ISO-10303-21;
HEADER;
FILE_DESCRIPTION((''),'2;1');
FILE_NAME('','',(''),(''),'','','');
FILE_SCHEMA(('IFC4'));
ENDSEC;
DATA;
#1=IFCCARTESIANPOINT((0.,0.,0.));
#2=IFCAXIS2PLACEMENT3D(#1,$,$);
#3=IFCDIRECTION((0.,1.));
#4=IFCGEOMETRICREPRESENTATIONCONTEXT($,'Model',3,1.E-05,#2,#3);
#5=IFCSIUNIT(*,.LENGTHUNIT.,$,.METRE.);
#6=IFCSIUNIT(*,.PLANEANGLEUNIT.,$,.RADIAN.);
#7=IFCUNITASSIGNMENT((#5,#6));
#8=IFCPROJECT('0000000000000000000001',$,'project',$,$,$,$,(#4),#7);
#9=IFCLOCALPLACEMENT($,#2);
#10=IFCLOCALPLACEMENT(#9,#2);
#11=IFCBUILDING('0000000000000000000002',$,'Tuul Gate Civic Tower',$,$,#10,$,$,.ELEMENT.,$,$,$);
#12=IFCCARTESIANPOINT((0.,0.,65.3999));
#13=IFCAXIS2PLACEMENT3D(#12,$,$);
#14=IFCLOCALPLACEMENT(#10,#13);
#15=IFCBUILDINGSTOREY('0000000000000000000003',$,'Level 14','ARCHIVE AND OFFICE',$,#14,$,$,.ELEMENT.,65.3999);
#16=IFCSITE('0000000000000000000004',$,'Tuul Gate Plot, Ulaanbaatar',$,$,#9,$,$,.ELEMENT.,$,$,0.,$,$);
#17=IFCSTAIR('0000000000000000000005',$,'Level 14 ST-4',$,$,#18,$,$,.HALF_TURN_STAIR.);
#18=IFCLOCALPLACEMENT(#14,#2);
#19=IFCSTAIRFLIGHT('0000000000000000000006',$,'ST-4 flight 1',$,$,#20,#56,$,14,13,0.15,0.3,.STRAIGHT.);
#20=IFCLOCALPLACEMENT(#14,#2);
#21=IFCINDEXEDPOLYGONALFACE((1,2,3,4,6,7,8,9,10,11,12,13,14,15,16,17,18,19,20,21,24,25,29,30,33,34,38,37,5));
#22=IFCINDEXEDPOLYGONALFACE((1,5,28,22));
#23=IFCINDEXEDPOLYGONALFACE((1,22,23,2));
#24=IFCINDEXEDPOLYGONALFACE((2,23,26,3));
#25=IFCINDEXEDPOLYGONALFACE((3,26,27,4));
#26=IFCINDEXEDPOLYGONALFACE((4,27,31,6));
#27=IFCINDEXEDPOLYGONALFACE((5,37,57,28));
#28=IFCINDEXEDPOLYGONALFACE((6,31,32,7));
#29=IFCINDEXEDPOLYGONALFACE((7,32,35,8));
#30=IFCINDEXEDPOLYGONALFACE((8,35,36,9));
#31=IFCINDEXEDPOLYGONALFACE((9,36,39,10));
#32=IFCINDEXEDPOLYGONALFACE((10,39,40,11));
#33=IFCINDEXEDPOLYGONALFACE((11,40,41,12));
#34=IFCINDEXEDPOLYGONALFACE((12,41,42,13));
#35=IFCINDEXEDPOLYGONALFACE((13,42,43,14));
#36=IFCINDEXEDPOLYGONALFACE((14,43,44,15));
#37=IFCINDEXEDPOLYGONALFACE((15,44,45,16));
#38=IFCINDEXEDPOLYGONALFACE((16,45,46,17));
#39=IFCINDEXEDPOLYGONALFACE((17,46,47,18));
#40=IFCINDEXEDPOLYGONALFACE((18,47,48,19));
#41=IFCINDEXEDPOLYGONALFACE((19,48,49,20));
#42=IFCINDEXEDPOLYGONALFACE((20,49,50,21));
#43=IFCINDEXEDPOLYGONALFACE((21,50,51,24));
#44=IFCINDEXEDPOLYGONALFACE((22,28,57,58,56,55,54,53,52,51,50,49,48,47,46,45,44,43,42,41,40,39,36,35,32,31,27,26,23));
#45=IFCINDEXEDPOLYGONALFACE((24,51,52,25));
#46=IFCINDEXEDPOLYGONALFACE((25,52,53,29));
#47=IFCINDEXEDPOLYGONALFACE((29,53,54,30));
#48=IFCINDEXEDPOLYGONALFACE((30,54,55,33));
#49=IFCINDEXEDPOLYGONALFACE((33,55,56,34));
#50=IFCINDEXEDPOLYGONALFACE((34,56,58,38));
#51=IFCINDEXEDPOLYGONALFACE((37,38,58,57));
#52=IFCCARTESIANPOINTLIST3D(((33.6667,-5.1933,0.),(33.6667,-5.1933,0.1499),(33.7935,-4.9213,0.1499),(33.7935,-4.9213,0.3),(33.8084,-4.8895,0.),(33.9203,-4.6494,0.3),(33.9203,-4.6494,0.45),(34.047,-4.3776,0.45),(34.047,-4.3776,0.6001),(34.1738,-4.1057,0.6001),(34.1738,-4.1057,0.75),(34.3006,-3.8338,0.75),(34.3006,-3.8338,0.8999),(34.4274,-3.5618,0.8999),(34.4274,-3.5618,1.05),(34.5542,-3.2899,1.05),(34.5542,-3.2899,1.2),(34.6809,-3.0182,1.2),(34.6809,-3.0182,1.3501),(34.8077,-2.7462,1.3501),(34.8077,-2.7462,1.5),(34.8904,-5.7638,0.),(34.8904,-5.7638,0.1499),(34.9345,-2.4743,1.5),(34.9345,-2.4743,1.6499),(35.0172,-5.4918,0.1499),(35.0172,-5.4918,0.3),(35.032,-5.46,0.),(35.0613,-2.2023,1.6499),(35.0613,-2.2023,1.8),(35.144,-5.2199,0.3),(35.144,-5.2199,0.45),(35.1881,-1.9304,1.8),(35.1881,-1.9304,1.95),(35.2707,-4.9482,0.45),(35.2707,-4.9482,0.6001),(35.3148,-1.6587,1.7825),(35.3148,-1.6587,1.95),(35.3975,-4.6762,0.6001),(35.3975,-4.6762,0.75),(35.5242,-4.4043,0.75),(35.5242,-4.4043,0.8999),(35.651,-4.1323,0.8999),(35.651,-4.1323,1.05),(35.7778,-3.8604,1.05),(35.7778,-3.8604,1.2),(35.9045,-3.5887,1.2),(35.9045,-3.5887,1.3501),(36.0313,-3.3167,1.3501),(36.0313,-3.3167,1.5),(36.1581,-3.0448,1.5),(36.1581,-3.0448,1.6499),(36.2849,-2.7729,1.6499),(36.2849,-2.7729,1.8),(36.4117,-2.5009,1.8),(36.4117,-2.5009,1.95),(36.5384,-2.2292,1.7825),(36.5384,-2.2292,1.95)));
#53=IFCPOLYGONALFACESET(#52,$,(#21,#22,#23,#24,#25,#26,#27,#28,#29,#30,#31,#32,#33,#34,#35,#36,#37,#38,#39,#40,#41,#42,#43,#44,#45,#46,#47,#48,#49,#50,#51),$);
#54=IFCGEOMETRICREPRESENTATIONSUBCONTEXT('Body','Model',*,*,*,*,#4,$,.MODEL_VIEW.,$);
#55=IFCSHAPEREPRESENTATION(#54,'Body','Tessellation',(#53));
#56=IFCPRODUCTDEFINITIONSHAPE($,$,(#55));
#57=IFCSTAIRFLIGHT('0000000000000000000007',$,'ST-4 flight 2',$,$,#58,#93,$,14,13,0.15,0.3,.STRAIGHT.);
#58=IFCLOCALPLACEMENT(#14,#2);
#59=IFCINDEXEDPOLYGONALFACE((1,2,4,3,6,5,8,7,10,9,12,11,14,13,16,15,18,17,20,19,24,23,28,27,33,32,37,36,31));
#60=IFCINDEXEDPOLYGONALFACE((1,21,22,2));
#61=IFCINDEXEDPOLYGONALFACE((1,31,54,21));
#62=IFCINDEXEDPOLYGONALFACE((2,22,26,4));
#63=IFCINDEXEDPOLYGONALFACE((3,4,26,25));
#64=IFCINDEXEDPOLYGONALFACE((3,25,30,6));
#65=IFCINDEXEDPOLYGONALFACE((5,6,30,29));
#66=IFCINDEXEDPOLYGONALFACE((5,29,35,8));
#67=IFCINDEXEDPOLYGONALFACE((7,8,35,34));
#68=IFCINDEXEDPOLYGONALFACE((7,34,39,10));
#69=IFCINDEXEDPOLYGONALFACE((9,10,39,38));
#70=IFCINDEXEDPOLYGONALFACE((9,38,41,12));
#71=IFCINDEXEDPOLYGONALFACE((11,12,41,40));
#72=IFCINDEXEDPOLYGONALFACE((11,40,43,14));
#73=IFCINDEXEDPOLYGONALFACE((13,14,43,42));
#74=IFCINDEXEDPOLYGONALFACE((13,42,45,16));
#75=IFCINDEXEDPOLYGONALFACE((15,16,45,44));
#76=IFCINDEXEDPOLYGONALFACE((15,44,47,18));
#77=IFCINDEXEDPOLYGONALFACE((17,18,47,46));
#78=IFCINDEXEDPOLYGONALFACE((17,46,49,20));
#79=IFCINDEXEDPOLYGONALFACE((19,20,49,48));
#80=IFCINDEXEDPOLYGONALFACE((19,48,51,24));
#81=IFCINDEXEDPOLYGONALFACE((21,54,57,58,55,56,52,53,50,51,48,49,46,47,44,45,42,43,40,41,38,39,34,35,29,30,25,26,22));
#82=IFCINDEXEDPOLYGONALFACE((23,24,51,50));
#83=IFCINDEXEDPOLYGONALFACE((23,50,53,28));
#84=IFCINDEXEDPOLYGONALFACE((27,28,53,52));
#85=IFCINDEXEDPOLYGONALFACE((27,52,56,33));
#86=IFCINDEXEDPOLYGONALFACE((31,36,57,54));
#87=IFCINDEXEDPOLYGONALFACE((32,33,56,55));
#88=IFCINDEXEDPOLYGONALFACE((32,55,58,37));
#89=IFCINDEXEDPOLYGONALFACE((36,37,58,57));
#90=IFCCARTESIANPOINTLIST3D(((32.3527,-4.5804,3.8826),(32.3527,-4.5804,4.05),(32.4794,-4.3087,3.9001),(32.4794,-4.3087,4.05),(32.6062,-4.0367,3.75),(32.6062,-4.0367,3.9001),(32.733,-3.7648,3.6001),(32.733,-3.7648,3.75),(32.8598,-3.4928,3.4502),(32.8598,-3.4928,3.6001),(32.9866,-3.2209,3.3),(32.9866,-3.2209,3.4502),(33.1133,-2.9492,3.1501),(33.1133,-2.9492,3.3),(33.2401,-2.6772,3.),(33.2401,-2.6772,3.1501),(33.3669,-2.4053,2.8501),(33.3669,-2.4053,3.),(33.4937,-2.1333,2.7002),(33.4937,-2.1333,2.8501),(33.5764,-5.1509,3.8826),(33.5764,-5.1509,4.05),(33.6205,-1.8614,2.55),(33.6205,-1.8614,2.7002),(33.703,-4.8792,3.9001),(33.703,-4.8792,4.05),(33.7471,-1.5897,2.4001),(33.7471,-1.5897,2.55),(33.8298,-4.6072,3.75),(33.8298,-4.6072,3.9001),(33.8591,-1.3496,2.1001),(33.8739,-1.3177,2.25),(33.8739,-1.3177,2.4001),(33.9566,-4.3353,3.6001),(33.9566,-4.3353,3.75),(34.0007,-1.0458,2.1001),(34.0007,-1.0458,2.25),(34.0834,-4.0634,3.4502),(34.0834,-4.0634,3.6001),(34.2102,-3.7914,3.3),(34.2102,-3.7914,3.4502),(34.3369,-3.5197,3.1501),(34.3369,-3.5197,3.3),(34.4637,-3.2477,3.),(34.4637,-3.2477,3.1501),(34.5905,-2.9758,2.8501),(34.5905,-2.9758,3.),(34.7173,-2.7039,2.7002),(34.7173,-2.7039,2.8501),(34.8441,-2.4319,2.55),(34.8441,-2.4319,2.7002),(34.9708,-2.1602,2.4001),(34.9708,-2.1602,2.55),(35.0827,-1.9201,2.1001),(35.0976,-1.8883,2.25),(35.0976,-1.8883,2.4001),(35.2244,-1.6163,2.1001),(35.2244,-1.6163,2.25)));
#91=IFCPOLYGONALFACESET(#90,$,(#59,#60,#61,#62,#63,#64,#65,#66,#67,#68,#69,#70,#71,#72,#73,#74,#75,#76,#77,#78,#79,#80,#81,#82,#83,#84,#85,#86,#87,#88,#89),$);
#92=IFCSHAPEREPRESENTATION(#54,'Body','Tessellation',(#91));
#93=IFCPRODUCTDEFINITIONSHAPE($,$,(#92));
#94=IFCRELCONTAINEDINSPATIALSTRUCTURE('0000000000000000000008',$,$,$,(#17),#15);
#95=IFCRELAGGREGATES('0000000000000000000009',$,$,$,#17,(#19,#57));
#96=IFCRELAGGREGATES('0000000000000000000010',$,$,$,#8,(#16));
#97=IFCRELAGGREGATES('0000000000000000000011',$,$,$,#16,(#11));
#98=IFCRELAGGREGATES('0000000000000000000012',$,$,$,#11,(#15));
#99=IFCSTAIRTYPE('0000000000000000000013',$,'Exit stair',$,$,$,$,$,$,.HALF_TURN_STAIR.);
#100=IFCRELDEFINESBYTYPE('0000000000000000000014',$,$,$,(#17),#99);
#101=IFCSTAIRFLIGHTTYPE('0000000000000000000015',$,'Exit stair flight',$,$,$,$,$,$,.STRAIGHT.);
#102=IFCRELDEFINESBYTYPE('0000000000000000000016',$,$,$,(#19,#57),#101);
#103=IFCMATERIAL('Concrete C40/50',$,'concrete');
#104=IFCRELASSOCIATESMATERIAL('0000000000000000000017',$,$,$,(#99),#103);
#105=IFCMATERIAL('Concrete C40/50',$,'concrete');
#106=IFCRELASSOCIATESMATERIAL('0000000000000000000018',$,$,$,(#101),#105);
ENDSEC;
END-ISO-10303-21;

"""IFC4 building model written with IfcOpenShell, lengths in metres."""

from ifc_helpers import new_model, si_unit, direction, frame, origin, place, context, subcontext, project, spatial, polyline, outline, extrude, material, type_object, element, aggregate, save


model = new_model("IFC4")

# Units and contexts
model_context = context("Model", 3, precision=1e-05, world=origin(), true_north=direction((0.0, 1.0)))
body_context = subcontext(model_context, "Body", "Model", "MODEL_VIEW")
ifc_project = project(units=[si_unit("LENGTHUNIT", "METRE"), si_unit("PLANEANGLEUNIT", "RADIAN")], contexts=[model_context])

# Site, building, storey
site_placement = place(None, origin())
site = spatial("IfcSite", under=ifc_project, at=site_placement, Name="Tuul Gate Plot, Ulaanbaatar", CompositionType="ELEMENT", RefElevation=0.0)
building_placement = place(site_placement, origin())
building = spatial("IfcBuilding", under=site, at=building_placement, Name="Tuul Gate Civic Tower", CompositionType="ELEMENT")
storey_placement = place(building_placement, frame((0.0, 0.0, 65.3999)))
storey = spatial("IfcBuildingStorey", under=building, at=storey_placement, Name="Level 14", Description="ARCHIVE AND OFFICE", CompositionType="ELEMENT", Elevation=65.3999)

# Stair, stair flights
ifc_material_1 = material(Name="Concrete C40/50", Category="concrete")
stair_type = type_object("IfcStairType", Name="Exit stair", PredefinedType="HALF_TURN_STAIR", material=ifc_material_1)
stair_placement = place(storey_placement, origin())
stair = element("IfcStair", 1, at=stair_placement, inside=storey, type_object=stair_type, Name="Level 14 ST-4", PredefinedType="HALF_TURN_STAIR")
ifc_material_2 = material(Name="Concrete C40/50", Category="concrete")
stair_flight_type = type_object("IfcStairFlightType", Name="Exit stair flight", PredefinedType="STRAIGHT", material=ifc_material_2)
stair_flight_1_placement = place(storey_placement, frame((34.2786, -5.4785, 0.0), z_axis=(0.0, 0.0, 1.0), x_axis=(0.422576, 0.906327, 0.0)))
stair_flight_1 = element("IfcStairFlight", 2, at=stair_flight_1_placement, type_object=stair_flight_type, Name="ST-4 flight 1", NumberOfRisers=14, NumberOfTreads=13, PredefinedType="STRAIGHT", RiserHeight=0.15, TreadLength=0.3, context=body_context, shape_type="SweptSolid", body=[
    extrude(outline(polyline([(0.0, 0.0), (0.0, 0.1499), (0.3, 0.1499), (0.3, 0.3), (0.6001, 0.3), (0.6001, 0.45), (0.8999, 0.45), (0.8999, 0.6001), (1.2, 0.6001), (1.2, 0.75), (1.5, 0.75), (1.5, 0.8999), (1.8, 0.8999), (1.8, 1.05), (2.1001, 1.05), (2.1001, 1.2), (2.3999, 1.2), (2.3999, 1.3501), (2.7, 1.3501), (2.7, 1.5), (3.0, 1.5), (3.0, 1.6499), (3.3, 1.6499), (3.3, 1.8), (3.6001, 1.8), (3.6001, 1.95), (3.8999, 1.95), (3.8999, 2.1001), (3.8999, 1.7825), (0.3352, 0.0), (0.0, 0.0)])), frame((0.0, 0.675, 0.0), z_axis=(0.0, -1.0, 0.0), x_axis=(1.0, 0.0, 0.0)), (0.0, 0.0, 1.0), 1.3501),
])
stair_flight_2_placement = place(storey_placement, frame((34.6125, -1.3311, 2.1001), z_axis=(0.0, 0.0, 1.0), x_axis=(-0.422576, -0.906327, 0.0)))
stair_flight_2 = element("IfcStairFlight", 3, at=stair_flight_2_placement, type_object=stair_flight_type, Name="ST-4 flight 2", NumberOfRisers=14, NumberOfTreads=13, PredefinedType="STRAIGHT", RiserHeight=0.15, TreadLength=0.3, context=body_context, shape_type="SweptSolid", body=[
    extrude(outline(polyline([(0.0, 0.0), (0.0, 0.1499), (0.3, 0.1499), (0.3, 0.3), (0.6001, 0.3), (0.6001, 0.45), (0.8999, 0.45), (0.8999, 0.6001), (1.2, 0.6001), (1.2, 0.75), (1.5, 0.75), (1.5, 0.8999), (1.8, 0.8999), (1.8, 1.05), (2.1001, 1.05), (2.1001, 1.2), (2.3999, 1.2), (2.3999, 1.3501), (2.7, 1.3501), (2.7, 1.5), (3.0, 1.5), (3.0, 1.6499), (3.3, 1.6499), (3.3, 1.8), (3.6001, 1.8), (3.6001, 1.95), (3.8999, 1.95), (3.8999, 2.1001), (3.8999, 1.7825), (0.3352, 0.0), (0.0, 0.0)])), frame((0.0, 0.675, 0.0), z_axis=(0.0, -1.0, 0.0), x_axis=(1.0, 0.0, 0.0)), (0.0, 0.0, 1.0), 1.3501),
])
aggregate(stair, [stair_flight_1, stair_flight_2])

save(model, "model.ifc")
